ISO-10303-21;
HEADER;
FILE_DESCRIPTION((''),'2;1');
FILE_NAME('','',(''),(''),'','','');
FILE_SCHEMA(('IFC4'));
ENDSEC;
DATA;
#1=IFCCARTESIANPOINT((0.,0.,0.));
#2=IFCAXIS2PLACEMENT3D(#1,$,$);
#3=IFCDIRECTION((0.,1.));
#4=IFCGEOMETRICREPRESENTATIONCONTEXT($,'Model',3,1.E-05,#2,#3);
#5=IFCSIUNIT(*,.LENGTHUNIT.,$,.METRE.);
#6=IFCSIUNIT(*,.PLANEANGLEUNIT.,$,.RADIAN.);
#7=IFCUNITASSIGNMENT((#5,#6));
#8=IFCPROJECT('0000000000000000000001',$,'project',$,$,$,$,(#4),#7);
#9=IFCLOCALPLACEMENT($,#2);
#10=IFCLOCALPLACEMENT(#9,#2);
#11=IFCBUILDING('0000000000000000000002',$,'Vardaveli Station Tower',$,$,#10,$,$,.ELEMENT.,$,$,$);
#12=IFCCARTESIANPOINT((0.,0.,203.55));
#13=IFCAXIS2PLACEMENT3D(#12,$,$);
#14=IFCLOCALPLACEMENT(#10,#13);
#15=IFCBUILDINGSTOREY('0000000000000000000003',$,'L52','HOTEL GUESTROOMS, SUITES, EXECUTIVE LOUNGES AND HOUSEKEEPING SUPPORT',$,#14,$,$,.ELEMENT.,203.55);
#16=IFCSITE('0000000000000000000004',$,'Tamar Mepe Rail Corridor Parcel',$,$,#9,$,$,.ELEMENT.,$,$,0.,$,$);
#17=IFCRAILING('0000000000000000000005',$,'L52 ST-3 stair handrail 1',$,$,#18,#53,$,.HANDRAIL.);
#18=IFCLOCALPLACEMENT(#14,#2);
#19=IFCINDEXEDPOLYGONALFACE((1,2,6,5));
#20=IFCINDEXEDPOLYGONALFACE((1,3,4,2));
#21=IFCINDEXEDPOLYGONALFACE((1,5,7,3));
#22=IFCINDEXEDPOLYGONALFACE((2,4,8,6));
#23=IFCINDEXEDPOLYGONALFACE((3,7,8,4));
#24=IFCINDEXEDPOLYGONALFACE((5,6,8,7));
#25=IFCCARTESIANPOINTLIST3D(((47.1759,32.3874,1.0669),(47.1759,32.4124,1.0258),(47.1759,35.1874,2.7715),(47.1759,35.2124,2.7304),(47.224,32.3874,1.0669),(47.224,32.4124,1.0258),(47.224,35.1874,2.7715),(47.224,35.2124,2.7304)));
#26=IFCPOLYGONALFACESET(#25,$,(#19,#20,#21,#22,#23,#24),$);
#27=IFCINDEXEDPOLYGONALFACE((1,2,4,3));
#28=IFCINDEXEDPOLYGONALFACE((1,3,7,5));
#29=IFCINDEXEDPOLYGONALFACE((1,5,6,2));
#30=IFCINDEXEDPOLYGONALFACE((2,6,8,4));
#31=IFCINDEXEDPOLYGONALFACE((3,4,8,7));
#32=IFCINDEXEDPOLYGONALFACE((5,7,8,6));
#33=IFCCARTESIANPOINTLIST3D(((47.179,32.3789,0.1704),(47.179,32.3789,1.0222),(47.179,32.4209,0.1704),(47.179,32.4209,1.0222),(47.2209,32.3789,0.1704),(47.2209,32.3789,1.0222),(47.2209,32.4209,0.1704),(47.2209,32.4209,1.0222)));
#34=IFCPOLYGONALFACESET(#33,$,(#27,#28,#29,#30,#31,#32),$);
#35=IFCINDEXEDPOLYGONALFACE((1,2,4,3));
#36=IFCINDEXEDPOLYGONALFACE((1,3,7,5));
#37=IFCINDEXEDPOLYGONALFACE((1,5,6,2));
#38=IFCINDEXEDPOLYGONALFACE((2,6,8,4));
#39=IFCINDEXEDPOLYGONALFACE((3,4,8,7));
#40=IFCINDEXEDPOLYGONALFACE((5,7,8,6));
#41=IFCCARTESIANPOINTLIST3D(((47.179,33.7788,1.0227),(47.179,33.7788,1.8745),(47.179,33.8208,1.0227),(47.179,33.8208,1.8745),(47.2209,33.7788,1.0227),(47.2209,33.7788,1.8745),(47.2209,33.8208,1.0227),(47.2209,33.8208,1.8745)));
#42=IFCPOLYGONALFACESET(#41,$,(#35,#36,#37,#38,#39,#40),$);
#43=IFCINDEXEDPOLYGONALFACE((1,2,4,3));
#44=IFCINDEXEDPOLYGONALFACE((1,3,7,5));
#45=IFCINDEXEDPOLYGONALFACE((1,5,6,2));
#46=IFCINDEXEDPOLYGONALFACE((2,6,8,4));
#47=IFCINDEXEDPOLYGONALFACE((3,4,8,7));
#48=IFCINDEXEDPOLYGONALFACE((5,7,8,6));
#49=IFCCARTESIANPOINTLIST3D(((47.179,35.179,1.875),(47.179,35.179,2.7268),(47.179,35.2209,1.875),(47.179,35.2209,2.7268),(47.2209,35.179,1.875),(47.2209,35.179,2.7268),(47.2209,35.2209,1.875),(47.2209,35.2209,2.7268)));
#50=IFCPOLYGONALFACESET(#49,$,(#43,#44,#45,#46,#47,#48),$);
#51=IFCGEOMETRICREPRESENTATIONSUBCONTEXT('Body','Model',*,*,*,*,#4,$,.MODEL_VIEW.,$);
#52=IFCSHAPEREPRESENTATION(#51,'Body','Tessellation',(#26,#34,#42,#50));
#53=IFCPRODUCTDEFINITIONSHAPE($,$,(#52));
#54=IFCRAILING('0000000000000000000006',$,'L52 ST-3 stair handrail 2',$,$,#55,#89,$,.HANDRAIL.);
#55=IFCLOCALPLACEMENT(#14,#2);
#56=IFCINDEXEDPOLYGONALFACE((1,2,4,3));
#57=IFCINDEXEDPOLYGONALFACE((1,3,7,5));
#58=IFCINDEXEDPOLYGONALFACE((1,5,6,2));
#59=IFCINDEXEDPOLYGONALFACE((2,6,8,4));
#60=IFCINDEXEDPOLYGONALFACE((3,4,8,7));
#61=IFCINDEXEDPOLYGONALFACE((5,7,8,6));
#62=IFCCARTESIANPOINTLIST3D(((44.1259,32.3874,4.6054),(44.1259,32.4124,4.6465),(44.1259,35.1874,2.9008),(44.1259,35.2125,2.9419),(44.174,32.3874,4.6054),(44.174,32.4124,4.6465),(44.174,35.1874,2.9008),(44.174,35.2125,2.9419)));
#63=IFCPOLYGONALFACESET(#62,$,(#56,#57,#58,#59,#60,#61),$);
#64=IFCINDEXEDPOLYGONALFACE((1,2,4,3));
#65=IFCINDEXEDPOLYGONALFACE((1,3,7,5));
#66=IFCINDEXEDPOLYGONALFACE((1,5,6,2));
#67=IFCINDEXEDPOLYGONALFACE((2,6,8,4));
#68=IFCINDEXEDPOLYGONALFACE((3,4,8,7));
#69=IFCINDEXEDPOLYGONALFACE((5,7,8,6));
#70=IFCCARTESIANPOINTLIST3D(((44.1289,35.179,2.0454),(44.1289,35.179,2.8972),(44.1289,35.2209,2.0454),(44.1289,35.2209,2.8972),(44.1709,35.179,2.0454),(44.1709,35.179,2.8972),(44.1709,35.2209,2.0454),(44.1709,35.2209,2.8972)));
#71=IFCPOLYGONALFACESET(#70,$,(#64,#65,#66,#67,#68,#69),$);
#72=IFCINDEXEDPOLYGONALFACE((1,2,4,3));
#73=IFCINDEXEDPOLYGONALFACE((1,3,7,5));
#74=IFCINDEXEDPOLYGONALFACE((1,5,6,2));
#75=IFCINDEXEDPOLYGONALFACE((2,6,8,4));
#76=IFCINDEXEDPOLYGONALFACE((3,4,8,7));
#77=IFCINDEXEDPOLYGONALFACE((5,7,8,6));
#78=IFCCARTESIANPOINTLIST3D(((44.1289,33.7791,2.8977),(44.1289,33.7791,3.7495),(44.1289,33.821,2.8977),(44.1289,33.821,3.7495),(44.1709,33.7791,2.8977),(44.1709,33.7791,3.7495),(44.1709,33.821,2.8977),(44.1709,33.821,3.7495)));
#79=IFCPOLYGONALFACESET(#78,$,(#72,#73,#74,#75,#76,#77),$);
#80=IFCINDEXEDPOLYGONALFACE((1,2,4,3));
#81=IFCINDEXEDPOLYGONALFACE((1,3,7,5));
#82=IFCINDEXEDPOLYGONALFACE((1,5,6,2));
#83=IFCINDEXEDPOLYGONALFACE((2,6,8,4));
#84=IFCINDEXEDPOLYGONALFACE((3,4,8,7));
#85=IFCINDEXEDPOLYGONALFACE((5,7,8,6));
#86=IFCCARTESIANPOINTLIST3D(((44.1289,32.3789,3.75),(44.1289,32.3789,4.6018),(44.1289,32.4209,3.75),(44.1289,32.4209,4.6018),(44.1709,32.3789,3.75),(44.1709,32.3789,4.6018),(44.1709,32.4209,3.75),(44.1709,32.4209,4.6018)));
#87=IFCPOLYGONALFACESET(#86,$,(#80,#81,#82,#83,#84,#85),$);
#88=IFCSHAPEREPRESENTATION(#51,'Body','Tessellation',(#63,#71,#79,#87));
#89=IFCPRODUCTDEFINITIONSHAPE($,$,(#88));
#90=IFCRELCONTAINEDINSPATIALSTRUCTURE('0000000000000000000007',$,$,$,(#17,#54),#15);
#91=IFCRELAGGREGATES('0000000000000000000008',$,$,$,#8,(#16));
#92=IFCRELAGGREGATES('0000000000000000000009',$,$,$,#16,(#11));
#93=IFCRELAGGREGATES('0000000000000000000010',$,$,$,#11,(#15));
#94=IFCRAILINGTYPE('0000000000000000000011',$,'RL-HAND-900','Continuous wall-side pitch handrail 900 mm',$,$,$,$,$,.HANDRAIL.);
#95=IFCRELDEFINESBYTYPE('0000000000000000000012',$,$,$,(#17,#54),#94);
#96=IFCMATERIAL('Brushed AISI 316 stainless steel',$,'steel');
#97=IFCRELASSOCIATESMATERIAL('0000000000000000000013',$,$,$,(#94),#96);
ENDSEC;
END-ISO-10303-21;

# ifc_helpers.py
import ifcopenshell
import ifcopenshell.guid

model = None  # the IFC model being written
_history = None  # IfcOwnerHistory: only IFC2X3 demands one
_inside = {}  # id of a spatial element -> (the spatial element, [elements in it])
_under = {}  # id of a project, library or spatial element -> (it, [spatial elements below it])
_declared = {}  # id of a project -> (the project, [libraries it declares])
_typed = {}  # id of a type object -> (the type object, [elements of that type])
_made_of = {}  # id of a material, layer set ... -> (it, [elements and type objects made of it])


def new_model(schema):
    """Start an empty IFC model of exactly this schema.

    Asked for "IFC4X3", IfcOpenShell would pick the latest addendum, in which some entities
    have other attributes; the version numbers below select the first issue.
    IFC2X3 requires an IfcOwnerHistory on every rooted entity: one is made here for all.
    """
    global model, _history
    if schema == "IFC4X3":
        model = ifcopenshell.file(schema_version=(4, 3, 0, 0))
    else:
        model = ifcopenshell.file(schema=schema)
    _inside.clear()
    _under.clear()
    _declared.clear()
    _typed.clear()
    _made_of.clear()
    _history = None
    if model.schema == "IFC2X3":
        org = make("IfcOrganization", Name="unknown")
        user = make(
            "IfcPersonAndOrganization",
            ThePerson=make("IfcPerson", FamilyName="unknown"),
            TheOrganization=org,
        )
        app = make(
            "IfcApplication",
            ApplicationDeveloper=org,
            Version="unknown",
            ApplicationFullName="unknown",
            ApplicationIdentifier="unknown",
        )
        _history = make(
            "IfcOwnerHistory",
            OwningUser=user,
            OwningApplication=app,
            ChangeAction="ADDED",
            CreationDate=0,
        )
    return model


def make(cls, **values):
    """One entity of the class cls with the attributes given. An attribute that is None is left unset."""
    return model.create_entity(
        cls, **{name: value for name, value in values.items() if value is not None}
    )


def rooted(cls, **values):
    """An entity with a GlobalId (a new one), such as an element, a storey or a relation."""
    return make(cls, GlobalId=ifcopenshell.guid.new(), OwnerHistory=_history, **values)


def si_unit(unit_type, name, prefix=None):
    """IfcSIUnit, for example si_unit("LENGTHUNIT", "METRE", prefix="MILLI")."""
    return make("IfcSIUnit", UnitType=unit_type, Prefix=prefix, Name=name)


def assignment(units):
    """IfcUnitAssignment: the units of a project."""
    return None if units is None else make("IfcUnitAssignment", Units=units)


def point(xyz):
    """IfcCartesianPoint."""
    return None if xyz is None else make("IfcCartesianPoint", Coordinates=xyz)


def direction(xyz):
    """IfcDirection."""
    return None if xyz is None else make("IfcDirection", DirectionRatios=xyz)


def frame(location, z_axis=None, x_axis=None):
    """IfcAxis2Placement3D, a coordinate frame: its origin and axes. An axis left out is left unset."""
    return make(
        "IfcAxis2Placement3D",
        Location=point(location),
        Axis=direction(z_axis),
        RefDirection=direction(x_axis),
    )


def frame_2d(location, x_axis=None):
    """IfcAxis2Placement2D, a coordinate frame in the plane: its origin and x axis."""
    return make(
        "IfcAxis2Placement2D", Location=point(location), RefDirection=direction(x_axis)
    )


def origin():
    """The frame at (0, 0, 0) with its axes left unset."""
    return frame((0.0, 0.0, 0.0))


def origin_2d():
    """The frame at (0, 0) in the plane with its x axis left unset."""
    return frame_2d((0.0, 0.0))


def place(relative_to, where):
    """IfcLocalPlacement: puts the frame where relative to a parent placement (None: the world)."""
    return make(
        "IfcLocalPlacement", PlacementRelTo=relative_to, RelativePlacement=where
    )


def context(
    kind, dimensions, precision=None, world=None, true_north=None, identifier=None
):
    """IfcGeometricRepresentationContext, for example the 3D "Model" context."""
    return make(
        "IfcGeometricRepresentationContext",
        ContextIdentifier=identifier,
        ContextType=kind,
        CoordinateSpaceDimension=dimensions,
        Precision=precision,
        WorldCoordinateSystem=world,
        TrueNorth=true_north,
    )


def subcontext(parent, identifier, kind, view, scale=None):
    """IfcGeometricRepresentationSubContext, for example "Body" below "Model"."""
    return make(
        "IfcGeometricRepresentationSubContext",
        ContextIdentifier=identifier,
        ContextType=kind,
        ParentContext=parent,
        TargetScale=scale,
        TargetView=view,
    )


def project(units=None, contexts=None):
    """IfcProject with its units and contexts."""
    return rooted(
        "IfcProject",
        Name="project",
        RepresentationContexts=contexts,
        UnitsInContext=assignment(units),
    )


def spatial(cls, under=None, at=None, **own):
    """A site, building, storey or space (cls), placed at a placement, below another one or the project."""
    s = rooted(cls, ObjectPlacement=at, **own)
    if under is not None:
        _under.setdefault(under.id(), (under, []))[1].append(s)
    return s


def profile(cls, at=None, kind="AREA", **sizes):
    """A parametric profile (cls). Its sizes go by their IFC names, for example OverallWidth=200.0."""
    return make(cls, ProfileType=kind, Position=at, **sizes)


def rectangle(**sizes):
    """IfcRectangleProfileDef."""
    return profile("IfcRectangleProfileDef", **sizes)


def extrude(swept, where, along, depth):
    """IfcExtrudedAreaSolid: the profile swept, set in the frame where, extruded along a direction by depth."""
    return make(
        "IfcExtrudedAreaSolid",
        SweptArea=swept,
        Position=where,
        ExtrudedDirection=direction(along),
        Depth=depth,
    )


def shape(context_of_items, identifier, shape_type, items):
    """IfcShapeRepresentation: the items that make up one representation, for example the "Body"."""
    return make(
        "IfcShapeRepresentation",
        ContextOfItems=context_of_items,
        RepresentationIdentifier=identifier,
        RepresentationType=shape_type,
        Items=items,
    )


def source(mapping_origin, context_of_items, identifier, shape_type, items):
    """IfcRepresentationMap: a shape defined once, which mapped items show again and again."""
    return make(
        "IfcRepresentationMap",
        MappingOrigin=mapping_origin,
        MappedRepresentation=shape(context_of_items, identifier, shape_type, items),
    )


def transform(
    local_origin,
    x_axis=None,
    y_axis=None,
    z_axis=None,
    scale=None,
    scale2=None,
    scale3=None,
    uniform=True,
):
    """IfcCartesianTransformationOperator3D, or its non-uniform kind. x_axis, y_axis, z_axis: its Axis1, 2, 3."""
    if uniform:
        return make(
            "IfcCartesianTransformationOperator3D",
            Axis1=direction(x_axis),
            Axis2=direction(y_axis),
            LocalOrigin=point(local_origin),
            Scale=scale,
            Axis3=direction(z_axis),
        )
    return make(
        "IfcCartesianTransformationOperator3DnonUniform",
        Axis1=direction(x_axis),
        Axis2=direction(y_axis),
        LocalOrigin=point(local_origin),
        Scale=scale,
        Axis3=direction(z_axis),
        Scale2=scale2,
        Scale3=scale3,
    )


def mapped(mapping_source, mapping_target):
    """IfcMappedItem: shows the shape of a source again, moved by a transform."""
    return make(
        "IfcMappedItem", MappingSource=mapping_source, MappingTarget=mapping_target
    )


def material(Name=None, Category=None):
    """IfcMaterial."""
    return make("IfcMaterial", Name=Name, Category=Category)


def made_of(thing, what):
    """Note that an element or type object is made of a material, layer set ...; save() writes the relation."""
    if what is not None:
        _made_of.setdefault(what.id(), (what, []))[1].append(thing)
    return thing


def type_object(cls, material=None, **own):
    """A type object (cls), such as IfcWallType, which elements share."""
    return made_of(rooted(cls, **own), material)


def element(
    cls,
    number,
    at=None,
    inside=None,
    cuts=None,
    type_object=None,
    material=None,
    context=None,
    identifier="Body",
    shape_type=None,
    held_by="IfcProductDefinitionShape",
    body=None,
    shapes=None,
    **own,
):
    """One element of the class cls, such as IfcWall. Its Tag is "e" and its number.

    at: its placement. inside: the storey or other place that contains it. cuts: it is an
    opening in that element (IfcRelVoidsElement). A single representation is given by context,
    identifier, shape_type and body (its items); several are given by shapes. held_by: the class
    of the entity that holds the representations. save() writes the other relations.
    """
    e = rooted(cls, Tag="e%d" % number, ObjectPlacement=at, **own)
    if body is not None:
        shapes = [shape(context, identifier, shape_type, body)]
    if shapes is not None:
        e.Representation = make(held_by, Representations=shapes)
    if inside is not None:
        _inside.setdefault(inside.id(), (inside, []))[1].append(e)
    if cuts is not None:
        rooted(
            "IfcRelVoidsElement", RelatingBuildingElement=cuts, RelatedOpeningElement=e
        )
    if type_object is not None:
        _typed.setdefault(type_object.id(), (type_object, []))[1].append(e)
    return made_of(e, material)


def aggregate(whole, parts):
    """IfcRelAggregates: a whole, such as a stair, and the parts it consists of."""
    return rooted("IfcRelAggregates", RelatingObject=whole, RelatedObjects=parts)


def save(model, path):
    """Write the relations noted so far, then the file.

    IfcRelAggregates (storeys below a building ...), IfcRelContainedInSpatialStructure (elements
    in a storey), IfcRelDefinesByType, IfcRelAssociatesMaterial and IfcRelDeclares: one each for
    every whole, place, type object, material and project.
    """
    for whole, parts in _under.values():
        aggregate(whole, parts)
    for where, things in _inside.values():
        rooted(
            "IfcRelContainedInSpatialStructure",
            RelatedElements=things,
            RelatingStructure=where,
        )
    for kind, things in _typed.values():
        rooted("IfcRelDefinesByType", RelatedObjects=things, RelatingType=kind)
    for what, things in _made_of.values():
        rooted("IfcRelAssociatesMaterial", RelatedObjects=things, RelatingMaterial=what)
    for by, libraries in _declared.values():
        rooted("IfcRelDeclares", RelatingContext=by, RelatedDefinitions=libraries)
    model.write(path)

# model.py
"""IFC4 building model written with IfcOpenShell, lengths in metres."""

from ifc_helpers import new_model, si_unit, direction, frame, origin, origin_2d, place, context, subcontext, project, spatial, rectangle, extrude, source, transform, mapped, material, type_object, element, save


model = new_model("IFC4")

# Units and contexts
model_context = context("Model", 3, precision=1e-05, world=origin(), true_north=direction((0.0, 1.0)))
body_context = subcontext(model_context, "Body", "Model", "MODEL_VIEW")
ifc_project = project(units=[si_unit("LENGTHUNIT", "METRE"), si_unit("PLANEANGLEUNIT", "RADIAN")], contexts=[model_context])

# Site, building, storey
site_placement = place(None, origin())
site = spatial("IfcSite", under=ifc_project, at=site_placement, Name="Tamar Mepe Rail Corridor Parcel", CompositionType="ELEMENT", RefElevation=0.0)
building_placement = place(site_placement, origin())
building = spatial("IfcBuilding", under=site, at=building_placement, Name="Vardaveli Station Tower", CompositionType="ELEMENT")
storey_placement = place(building_placement, frame((0.0, 0.0, 203.55)))
storey = spatial("IfcBuildingStorey", under=building, at=storey_placement, Name="L52", Description="HOTEL GUESTROOMS, SUITES, EXECUTIVE LOUNGES AND HOUSEKEEPING SUPPORT", CompositionType="ELEMENT", Elevation=203.55)

# Railings
ifc_material_1 = material(Name="Brushed AISI 316 stainless steel", Category="steel")
railing_type_1 = type_object("IfcRailingType", Name="RL-HAND-900", Description="Continuous wall-side pitch handrail 900 mm", PredefinedType="HANDRAIL", material=ifc_material_1)
shared_shape_1 = source(origin(), body_context, "Body", "SweptSolid", [
    extrude(rectangle(XDim=0.0481, YDim=0.0481, at=origin_2d()), frame((0.0, 0.0, 0.876), z_axis=(0.0, 0.85417, 0.519994), x_axis=(-1.0, 0.0, 0.0)), (0.0, 0.0, 1.0), 3.2781),
    extrude(rectangle(XDim=0.042, YDim=0.042, at=origin_2d()), origin(), (0.0, 0.0, 1.0), 0.8518),
    extrude(rectangle(XDim=0.042, YDim=0.042, at=origin_2d()), frame((0.0, 1.3999, 0.8523)), (0.0, 0.0, 1.0), 0.8518),
    extrude(rectangle(XDim=0.042, YDim=0.042, at=origin_2d()), frame((0.0, 2.8, 1.7046)), (0.0, 0.0, 1.0), 0.8518),
])
railing_1_placement = place(storey_placement, frame((47.2, 32.3999, 0.1704)))
element("IfcRailing", 1, at=railing_1_placement, inside=storey, type_object=railing_type_1, Name="L52 ST-3 stair handrail 1", PredefinedType="HANDRAIL", context=body_context, shape_type="MappedRepresentation", body=[
    mapped(shared_shape_1, transform((0.0, 0.0, 0.0), scale=1.0)),
])
shared_shape_2 = source(origin(), body_context, "Body", "SweptSolid", [
    extrude(rectangle(XDim=0.0481, YDim=0.0481, at=origin_2d()), frame((0.0, 0.0, 0.876), z_axis=(0.0, -0.85417, 0.519994), x_axis=(1.0, 0.0, 0.0)), (0.0, 0.0, 1.0), 3.2781),
    extrude(rectangle(XDim=0.042, YDim=0.042, at=origin_2d()), origin(), (0.0, 0.0, 1.0), 0.8518),
    extrude(rectangle(XDim=0.042, YDim=0.042, at=origin_2d()), frame((0.0, -1.3999, 0.8523)), (0.0, 0.0, 1.0), 0.8518),
    extrude(rectangle(XDim=0.042, YDim=0.042, at=origin_2d()), frame((0.0, -2.8, 1.7046)), (0.0, 0.0, 1.0), 0.8518),
])
railing_2_placement = place(storey_placement, frame((44.1499, 35.2, 2.0454)))
element("IfcRailing", 2, at=railing_2_placement, inside=storey, type_object=railing_type_1, Name="L52 ST-3 stair handrail 2", PredefinedType="HANDRAIL", context=body_context, shape_type="MappedRepresentation", body=[
    mapped(shared_shape_2, transform((0.0, 0.0, 0.0), scale=1.0)),
])

save(model, "model.ifc")
